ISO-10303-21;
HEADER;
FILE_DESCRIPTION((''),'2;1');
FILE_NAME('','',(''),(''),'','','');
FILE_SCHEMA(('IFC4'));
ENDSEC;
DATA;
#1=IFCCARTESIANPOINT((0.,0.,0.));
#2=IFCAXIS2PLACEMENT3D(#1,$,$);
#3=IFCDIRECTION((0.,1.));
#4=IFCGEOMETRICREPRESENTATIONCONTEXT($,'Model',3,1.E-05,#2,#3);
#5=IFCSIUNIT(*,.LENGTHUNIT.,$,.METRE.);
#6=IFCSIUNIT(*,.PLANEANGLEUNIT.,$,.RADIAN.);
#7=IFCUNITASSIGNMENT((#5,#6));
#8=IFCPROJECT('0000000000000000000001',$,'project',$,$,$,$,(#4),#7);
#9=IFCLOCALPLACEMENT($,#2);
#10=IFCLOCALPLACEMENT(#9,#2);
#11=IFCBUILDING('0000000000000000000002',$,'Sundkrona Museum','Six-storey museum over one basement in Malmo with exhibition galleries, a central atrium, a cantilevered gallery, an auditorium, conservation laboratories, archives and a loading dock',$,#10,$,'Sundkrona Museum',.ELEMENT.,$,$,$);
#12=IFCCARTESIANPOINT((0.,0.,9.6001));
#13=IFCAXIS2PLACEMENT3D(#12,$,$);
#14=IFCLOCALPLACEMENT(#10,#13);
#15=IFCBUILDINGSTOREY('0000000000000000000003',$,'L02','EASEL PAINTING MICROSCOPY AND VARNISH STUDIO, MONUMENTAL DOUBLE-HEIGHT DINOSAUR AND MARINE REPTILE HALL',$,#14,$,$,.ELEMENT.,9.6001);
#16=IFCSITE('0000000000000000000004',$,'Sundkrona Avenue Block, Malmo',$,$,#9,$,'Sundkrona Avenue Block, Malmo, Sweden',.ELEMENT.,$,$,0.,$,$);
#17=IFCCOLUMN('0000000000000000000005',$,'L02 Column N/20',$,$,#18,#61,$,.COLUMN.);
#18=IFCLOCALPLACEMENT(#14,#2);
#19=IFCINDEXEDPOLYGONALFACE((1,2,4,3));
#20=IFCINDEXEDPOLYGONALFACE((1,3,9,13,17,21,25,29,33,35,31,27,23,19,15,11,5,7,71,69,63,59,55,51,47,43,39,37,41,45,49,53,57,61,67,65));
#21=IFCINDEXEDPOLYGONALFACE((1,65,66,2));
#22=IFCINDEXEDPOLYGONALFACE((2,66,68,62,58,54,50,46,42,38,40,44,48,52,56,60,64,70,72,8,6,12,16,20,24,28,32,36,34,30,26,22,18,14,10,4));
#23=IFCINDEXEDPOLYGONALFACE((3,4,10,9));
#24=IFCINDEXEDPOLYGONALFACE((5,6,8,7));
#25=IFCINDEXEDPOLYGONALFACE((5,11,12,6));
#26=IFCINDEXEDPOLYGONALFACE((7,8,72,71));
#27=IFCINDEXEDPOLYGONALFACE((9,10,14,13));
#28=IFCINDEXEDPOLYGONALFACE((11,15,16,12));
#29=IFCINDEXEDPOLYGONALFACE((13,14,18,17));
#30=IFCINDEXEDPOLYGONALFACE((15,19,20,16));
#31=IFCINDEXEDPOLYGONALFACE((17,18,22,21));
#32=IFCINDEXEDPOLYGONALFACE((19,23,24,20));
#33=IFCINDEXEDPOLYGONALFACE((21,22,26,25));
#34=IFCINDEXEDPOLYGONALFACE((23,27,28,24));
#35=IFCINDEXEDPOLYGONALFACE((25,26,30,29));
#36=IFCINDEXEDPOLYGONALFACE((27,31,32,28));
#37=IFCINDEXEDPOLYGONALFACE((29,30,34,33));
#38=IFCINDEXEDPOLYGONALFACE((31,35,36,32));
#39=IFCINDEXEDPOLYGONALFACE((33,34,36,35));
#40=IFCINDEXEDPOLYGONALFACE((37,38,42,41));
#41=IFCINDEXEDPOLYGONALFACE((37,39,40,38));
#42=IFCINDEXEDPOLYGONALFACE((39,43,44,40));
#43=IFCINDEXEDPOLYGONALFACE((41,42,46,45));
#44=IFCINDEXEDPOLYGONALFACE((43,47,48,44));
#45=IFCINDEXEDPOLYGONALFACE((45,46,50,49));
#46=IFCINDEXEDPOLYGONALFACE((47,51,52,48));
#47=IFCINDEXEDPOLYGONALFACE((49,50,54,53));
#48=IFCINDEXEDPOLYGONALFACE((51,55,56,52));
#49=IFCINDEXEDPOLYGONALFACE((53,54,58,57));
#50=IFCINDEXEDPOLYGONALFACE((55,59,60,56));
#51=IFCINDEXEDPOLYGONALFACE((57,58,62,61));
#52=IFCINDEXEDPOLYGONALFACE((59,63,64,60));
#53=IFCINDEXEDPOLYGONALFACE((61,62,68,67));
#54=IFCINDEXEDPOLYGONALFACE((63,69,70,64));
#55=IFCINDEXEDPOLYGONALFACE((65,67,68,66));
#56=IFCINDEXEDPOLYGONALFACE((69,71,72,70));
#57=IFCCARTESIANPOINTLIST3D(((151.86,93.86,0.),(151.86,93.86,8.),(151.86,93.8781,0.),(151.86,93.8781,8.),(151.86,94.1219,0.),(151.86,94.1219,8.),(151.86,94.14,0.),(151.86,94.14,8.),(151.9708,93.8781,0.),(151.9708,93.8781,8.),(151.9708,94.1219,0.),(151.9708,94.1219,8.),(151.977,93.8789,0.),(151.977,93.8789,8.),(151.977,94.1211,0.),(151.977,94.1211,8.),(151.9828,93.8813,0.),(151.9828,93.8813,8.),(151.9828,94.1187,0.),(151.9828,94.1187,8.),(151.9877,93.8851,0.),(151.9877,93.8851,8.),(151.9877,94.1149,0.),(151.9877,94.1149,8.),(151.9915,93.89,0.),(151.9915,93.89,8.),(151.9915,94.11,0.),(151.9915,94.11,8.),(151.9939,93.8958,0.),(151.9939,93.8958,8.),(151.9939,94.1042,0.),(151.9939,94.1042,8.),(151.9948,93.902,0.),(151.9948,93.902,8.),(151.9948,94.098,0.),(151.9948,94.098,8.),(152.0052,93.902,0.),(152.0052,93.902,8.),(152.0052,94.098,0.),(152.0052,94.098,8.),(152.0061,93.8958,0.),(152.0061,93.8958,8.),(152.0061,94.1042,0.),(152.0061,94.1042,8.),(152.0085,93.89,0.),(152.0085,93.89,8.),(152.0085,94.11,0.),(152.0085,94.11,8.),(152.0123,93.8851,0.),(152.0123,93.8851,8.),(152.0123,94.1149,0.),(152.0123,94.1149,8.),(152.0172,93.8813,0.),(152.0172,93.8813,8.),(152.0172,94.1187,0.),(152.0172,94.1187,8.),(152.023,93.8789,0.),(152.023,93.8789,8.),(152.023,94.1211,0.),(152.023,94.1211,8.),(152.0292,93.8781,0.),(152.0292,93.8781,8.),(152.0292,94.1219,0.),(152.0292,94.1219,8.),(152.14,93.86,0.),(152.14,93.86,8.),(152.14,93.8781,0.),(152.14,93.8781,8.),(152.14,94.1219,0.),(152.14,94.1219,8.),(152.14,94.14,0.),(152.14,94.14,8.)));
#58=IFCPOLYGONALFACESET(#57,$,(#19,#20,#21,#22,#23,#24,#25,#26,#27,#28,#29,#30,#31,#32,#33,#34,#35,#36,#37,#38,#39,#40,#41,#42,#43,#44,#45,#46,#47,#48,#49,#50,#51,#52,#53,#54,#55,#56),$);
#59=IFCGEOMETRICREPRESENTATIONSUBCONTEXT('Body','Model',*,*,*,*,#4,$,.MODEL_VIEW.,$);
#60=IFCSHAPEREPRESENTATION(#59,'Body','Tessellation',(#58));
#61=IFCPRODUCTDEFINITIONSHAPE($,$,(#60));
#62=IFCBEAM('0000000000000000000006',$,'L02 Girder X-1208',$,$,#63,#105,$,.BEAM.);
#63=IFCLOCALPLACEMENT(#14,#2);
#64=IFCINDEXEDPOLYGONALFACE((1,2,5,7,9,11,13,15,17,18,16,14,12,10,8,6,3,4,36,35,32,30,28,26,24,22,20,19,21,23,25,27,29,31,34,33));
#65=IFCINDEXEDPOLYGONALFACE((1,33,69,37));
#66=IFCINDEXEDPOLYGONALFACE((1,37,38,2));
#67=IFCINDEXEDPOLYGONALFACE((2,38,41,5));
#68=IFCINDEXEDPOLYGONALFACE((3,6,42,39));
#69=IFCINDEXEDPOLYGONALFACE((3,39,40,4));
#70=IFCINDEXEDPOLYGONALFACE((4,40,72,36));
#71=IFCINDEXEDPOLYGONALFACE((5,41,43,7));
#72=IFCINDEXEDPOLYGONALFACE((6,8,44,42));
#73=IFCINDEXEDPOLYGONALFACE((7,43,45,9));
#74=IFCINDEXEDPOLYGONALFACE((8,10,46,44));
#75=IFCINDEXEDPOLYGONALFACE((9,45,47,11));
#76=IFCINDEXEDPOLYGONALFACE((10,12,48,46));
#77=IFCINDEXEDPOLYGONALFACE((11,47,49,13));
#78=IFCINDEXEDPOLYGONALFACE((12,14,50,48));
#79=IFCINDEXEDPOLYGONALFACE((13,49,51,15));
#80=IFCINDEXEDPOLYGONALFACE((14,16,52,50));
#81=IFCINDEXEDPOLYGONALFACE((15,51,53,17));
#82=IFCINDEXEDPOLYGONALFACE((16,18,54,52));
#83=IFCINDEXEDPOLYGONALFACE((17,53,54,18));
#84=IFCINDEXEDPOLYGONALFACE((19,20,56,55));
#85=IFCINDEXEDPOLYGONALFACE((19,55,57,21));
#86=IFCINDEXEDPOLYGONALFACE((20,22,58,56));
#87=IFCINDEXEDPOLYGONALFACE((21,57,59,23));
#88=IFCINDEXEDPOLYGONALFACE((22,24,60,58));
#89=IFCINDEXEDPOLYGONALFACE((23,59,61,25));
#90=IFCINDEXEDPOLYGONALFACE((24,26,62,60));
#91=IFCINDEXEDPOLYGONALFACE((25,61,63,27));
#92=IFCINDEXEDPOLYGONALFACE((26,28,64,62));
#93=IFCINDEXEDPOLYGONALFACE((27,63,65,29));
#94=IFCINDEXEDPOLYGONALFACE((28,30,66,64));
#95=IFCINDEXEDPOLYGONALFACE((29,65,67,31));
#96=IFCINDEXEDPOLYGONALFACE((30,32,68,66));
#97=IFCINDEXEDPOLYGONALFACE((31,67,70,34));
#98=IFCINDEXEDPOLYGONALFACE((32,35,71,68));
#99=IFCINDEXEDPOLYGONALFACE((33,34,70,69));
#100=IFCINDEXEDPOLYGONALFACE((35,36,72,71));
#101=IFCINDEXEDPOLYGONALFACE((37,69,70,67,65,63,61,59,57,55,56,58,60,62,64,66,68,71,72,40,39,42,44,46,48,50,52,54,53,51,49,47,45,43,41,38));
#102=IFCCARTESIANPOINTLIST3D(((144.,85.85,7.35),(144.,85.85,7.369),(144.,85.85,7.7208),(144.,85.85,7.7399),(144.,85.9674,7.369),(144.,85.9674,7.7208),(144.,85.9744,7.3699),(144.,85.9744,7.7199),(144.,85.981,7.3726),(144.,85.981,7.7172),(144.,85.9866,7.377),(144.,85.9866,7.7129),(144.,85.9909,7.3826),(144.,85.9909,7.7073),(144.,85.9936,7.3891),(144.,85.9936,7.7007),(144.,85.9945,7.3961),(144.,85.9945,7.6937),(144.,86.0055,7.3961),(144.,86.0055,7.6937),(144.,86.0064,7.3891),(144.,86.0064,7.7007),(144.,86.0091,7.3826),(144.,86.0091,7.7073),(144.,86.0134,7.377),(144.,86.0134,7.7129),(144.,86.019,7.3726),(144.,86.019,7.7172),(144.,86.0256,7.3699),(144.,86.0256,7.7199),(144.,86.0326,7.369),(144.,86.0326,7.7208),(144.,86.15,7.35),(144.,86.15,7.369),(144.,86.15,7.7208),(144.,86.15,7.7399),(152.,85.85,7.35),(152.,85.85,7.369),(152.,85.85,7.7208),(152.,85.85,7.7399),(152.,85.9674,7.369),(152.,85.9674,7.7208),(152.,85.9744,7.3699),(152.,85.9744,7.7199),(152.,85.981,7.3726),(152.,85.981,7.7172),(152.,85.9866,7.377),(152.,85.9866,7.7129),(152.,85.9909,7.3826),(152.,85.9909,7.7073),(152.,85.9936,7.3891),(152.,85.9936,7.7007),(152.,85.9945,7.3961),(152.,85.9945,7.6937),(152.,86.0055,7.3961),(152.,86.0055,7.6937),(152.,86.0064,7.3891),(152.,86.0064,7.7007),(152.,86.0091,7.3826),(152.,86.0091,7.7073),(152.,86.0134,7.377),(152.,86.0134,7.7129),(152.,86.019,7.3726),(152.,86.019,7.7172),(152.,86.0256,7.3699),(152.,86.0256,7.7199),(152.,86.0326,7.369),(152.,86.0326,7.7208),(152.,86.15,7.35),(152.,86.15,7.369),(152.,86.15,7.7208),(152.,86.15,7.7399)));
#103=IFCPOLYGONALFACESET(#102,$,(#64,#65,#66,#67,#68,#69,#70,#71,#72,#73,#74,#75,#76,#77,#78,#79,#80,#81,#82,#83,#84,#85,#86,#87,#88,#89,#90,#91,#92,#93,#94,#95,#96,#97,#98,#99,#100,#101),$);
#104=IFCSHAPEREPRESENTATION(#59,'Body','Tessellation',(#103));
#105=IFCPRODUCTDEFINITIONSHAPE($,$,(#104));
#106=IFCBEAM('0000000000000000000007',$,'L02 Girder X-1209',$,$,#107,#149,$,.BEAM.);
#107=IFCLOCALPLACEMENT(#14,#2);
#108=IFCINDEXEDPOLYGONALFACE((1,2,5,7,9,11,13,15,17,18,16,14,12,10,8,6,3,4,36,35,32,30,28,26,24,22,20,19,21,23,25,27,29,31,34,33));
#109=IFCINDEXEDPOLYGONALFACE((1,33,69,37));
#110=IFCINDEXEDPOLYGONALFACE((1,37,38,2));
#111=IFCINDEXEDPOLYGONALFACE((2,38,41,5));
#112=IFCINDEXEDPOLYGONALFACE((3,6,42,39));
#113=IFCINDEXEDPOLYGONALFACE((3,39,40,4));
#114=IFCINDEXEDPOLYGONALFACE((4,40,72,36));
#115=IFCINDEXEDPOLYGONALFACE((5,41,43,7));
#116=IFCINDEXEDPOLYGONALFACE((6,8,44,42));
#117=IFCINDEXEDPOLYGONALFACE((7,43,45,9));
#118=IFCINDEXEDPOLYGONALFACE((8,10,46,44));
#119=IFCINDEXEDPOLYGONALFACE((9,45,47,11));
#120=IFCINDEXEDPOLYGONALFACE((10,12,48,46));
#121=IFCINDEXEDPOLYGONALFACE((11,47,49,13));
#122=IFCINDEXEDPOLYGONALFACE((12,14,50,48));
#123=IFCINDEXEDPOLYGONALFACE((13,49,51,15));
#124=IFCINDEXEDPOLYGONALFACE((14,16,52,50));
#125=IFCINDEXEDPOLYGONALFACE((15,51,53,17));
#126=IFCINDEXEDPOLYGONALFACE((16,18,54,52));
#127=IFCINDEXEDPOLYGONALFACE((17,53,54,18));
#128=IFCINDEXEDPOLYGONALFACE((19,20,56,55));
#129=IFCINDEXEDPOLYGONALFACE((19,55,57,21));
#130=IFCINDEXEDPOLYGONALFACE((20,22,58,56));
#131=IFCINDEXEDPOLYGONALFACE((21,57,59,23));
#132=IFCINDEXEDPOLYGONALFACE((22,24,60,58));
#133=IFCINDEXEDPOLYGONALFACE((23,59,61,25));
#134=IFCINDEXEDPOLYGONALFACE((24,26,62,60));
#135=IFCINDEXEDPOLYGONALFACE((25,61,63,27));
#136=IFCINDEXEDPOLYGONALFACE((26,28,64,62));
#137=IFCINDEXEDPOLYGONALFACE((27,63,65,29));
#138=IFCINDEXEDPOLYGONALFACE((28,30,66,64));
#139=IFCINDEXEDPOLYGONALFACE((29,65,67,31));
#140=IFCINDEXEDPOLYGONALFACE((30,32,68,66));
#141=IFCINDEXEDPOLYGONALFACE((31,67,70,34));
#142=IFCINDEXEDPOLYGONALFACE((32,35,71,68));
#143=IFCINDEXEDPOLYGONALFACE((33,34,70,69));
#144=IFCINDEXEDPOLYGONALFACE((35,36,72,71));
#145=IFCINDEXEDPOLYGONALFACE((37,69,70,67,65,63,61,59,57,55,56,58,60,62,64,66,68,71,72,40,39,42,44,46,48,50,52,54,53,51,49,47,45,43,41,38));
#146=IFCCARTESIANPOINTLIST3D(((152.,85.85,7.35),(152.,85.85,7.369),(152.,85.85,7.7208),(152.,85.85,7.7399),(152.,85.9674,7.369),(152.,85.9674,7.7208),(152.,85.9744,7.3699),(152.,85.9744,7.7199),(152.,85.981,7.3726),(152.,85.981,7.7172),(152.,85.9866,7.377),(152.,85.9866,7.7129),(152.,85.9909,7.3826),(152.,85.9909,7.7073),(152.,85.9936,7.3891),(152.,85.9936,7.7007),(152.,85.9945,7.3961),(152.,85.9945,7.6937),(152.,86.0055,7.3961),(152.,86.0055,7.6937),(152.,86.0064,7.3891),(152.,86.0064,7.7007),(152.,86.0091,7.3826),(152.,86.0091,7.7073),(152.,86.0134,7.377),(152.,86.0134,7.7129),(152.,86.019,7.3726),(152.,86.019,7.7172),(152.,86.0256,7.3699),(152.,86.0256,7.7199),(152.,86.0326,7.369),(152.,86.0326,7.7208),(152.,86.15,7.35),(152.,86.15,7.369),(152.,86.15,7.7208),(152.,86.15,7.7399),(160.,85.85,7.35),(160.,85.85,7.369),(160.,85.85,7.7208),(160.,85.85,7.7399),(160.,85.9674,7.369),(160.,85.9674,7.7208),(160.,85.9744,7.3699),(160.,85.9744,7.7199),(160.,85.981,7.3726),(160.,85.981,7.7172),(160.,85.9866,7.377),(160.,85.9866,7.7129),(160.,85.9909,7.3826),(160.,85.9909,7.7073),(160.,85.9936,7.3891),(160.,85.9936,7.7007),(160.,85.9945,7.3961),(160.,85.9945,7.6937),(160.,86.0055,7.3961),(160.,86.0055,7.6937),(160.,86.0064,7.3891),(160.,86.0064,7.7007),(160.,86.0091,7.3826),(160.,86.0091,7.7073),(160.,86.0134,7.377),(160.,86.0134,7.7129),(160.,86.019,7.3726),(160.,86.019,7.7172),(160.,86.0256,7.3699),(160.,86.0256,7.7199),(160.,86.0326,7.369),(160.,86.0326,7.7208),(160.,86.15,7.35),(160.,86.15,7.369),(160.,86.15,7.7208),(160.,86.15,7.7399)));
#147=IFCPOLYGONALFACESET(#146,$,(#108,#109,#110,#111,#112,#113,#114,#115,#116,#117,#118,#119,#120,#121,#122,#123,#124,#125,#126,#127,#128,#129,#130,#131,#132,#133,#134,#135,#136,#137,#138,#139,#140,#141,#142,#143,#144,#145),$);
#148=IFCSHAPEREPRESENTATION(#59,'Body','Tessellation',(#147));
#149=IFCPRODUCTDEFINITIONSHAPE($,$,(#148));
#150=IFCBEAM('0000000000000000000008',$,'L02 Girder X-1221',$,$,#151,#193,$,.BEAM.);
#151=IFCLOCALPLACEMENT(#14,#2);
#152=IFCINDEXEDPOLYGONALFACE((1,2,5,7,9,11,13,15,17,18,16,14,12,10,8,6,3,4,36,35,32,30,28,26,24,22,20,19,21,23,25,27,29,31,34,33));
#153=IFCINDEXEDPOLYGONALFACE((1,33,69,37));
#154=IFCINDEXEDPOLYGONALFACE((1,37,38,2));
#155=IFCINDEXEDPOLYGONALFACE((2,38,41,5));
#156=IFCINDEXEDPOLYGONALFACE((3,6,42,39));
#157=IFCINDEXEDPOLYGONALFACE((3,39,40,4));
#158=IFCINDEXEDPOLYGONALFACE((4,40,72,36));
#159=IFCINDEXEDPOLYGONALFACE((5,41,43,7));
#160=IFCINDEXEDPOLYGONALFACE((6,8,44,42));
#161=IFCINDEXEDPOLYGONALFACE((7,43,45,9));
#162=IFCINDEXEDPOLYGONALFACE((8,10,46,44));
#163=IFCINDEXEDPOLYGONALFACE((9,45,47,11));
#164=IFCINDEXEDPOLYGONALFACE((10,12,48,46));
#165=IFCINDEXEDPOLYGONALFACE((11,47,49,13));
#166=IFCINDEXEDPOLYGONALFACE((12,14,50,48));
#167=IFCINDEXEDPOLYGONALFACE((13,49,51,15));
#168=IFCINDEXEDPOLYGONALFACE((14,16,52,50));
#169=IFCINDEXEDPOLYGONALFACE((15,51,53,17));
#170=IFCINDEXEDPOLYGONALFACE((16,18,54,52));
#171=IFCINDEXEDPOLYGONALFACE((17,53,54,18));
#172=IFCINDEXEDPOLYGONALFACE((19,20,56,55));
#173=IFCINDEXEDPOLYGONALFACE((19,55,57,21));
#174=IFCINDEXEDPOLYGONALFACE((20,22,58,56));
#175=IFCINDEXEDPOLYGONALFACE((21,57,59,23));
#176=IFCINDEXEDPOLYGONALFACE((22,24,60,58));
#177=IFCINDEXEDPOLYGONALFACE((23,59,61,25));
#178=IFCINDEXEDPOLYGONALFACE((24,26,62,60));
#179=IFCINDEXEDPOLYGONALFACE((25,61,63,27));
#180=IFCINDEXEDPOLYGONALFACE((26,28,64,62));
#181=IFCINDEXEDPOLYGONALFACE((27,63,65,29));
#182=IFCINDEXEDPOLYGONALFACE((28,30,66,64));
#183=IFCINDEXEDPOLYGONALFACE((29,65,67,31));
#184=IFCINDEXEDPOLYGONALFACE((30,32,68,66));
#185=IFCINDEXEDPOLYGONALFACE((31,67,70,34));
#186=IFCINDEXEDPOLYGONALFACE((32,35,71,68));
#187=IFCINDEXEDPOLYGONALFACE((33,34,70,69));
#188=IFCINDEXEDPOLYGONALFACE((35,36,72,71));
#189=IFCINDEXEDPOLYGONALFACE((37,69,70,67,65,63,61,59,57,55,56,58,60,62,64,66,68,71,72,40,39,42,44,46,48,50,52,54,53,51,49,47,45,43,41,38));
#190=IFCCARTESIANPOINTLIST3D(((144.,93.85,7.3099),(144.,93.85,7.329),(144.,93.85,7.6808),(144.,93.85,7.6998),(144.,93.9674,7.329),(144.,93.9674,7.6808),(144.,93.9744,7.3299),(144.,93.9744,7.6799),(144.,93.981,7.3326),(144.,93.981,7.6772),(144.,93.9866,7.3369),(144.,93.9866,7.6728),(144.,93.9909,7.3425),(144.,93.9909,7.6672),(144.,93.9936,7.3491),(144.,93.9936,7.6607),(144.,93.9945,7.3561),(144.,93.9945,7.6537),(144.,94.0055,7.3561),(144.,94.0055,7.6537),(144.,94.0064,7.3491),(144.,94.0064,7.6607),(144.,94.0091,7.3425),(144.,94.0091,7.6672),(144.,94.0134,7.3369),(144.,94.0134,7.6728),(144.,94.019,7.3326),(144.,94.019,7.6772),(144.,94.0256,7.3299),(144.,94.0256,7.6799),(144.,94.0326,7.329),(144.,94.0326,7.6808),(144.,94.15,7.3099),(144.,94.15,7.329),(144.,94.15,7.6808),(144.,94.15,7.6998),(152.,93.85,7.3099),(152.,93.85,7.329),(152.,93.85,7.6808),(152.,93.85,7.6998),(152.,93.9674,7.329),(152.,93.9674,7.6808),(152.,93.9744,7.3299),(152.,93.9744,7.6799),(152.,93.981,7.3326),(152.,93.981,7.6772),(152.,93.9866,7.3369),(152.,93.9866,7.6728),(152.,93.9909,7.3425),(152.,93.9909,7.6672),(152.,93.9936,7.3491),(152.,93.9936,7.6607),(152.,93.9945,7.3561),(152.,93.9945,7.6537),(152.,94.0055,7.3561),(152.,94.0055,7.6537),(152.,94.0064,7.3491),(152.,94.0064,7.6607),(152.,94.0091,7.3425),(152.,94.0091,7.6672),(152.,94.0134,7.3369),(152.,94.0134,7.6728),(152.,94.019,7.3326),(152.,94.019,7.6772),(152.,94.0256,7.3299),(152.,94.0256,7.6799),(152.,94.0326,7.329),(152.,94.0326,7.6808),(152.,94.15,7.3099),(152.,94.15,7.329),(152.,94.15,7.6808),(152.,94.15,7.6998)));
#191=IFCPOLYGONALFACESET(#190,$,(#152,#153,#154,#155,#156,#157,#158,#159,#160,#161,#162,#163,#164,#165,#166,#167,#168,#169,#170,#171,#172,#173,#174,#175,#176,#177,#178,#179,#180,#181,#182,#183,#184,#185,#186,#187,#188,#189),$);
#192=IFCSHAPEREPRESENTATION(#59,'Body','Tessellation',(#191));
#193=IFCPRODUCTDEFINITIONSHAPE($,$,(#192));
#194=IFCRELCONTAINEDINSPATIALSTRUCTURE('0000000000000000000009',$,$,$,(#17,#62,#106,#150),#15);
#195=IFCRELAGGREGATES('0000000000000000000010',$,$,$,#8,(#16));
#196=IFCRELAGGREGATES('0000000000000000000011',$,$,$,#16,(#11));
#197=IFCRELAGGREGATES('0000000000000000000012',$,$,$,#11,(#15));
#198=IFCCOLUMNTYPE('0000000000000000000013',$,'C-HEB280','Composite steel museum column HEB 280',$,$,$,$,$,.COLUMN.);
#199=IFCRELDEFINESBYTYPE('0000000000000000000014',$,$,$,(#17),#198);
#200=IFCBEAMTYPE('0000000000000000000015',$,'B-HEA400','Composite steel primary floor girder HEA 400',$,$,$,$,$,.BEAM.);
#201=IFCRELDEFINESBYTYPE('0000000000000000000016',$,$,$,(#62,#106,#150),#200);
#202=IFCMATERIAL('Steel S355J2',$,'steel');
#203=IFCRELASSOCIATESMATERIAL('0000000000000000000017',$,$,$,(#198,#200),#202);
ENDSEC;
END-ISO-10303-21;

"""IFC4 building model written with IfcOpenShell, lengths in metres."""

from ifc_helpers import new_model, si_unit, direction, frame, origin, origin_2d, place, context, subcontext, project, spatial, i_section, extrude, material, material_profile, profile_set, type_object, element, save


model = new_model("IFC4")

# Units and contexts
model_context = context("Model", 3, precision=1e-05, world=origin(), true_north=direction((0.0, 1.0)))
body_context = subcontext(model_context, "Body", "Model", "MODEL_VIEW")
ifc_project = project(units=[si_unit("LENGTHUNIT", "METRE"), si_unit("PLANEANGLEUNIT", "RADIAN")], contexts=[model_context])

# Site, building, storey
site_placement = place(None, origin())
site = spatial("IfcSite", under=ifc_project, at=site_placement, Name="Sundkrona Avenue Block, Malmo", LongName="Sundkrona Avenue Block, Malmo, Sweden", CompositionType="ELEMENT", RefElevation=0.0)
building_placement = place(site_placement, origin())
building = spatial("IfcBuilding", under=site, at=building_placement, Name="Sundkrona Museum", Description="Six-storey museum over one basement in Malmo with exhibition galleries, a central atrium, a cantilevered gallery, an auditorium, conservation laboratories, archives and a loading dock", LongName="Sundkrona Museum", CompositionType="ELEMENT")
storey_placement = place(building_placement, frame((0.0, 0.0, 9.6001)))
storey = spatial("IfcBuildingStorey", under=building, at=storey_placement, Name="L02", Description="EASEL PAINTING MICROSCOPY AND VARNISH STUDIO, MONUMENTAL DOUBLE-HEIGHT DINOSAUR AND MARINE REPTILE HALL", CompositionType="ELEMENT", Elevation=9.6001)

# Column
ifc_material_1 = material(Name="Steel S355J2", Category="steel")
ifc_material_profile_1 = material_profile(ifc_material_1, i_section(OverallWidth=0.28, OverallDepth=0.28, WebThickness=0.0105, FlangeThickness=0.0181, FilletRadius=0.0239, at=origin_2d()), Name="HEB 280")
ifc_profile_set_1 = profile_set([ifc_material_profile_1], Name="Steel S355J2")
column_type = type_object("IfcColumnType", Name="C-HEB280", Description="Composite steel museum column HEB 280", PredefinedType="COLUMN", material=ifc_profile_set_1)
for number, where, z_axis, x_axis, name in (
    (1, (152.0, 94.0, 0.0), (0.0, 0.0, 1.0), (1.0, 0.0, 0.0), "L02 Column N/20"),
):
    element("IfcColumn", number, at=place(storey_placement, frame(where, z_axis=z_axis, x_axis=x_axis)), inside=storey, type_object=column_type, Name=name, PredefinedType="COLUMN", context=body_context, shape_type="SweptSolid", body=[
        extrude(i_section(OverallWidth=0.28, OverallDepth=0.28, WebThickness=0.0105, FlangeThickness=0.0181, FilletRadius=0.0239, at=origin_2d()), origin(), (0.0, 0.0, 1.0), 8.0),
    ])

# Beams
ifc_material_profile_2 = material_profile(ifc_material_1, i_section(OverallWidth=0.3, OverallDepth=0.3899, WebThickness=0.011, FlangeThickness=0.019, FilletRadius=0.0271, at=origin_2d()), Name="HEA 400")
ifc_profile_set_2 = profile_set([ifc_material_profile_2], Name="Steel S355J2")
beam_type_1 = type_object("IfcBeamType", Name="B-HEA400", Description="Composite steel primary floor girder HEA 400", PredefinedType="BEAM", material=ifc_profile_set_2)
for number, where, z_axis, x_axis, name in (
    (2, (144.0, 86.0, 7.5449), (1.0, 0.0, 0.0), (0.0, 1.0, 0.0), "L02 Girder X-1208"),
    (3, (152.0, 86.0, 7.5449), (1.0, 0.0, 0.0), (0.0, 1.0, 0.0), "L02 Girder X-1209"),
    (4, (144.0, 94.0, 7.5049), (1.0, 0.0, 0.0), (0.0, 1.0, 0.0), "L02 Girder X-1221"),
):
    element("IfcBeam", number, at=place(storey_placement, frame(where, z_axis=z_axis, x_axis=x_axis)), inside=storey, type_object=beam_type_1, Name=name, PredefinedType="BEAM", context=body_context, shape_type="SweptSolid", body=[
        extrude(i_section(OverallWidth=0.3, OverallDepth=0.3899, WebThickness=0.011, FlangeThickness=0.019, FilletRadius=0.0271, at=origin_2d()), origin(), (0.0, 0.0, 1.0), 8.0),
    ])

save(model, "model.ifc")
